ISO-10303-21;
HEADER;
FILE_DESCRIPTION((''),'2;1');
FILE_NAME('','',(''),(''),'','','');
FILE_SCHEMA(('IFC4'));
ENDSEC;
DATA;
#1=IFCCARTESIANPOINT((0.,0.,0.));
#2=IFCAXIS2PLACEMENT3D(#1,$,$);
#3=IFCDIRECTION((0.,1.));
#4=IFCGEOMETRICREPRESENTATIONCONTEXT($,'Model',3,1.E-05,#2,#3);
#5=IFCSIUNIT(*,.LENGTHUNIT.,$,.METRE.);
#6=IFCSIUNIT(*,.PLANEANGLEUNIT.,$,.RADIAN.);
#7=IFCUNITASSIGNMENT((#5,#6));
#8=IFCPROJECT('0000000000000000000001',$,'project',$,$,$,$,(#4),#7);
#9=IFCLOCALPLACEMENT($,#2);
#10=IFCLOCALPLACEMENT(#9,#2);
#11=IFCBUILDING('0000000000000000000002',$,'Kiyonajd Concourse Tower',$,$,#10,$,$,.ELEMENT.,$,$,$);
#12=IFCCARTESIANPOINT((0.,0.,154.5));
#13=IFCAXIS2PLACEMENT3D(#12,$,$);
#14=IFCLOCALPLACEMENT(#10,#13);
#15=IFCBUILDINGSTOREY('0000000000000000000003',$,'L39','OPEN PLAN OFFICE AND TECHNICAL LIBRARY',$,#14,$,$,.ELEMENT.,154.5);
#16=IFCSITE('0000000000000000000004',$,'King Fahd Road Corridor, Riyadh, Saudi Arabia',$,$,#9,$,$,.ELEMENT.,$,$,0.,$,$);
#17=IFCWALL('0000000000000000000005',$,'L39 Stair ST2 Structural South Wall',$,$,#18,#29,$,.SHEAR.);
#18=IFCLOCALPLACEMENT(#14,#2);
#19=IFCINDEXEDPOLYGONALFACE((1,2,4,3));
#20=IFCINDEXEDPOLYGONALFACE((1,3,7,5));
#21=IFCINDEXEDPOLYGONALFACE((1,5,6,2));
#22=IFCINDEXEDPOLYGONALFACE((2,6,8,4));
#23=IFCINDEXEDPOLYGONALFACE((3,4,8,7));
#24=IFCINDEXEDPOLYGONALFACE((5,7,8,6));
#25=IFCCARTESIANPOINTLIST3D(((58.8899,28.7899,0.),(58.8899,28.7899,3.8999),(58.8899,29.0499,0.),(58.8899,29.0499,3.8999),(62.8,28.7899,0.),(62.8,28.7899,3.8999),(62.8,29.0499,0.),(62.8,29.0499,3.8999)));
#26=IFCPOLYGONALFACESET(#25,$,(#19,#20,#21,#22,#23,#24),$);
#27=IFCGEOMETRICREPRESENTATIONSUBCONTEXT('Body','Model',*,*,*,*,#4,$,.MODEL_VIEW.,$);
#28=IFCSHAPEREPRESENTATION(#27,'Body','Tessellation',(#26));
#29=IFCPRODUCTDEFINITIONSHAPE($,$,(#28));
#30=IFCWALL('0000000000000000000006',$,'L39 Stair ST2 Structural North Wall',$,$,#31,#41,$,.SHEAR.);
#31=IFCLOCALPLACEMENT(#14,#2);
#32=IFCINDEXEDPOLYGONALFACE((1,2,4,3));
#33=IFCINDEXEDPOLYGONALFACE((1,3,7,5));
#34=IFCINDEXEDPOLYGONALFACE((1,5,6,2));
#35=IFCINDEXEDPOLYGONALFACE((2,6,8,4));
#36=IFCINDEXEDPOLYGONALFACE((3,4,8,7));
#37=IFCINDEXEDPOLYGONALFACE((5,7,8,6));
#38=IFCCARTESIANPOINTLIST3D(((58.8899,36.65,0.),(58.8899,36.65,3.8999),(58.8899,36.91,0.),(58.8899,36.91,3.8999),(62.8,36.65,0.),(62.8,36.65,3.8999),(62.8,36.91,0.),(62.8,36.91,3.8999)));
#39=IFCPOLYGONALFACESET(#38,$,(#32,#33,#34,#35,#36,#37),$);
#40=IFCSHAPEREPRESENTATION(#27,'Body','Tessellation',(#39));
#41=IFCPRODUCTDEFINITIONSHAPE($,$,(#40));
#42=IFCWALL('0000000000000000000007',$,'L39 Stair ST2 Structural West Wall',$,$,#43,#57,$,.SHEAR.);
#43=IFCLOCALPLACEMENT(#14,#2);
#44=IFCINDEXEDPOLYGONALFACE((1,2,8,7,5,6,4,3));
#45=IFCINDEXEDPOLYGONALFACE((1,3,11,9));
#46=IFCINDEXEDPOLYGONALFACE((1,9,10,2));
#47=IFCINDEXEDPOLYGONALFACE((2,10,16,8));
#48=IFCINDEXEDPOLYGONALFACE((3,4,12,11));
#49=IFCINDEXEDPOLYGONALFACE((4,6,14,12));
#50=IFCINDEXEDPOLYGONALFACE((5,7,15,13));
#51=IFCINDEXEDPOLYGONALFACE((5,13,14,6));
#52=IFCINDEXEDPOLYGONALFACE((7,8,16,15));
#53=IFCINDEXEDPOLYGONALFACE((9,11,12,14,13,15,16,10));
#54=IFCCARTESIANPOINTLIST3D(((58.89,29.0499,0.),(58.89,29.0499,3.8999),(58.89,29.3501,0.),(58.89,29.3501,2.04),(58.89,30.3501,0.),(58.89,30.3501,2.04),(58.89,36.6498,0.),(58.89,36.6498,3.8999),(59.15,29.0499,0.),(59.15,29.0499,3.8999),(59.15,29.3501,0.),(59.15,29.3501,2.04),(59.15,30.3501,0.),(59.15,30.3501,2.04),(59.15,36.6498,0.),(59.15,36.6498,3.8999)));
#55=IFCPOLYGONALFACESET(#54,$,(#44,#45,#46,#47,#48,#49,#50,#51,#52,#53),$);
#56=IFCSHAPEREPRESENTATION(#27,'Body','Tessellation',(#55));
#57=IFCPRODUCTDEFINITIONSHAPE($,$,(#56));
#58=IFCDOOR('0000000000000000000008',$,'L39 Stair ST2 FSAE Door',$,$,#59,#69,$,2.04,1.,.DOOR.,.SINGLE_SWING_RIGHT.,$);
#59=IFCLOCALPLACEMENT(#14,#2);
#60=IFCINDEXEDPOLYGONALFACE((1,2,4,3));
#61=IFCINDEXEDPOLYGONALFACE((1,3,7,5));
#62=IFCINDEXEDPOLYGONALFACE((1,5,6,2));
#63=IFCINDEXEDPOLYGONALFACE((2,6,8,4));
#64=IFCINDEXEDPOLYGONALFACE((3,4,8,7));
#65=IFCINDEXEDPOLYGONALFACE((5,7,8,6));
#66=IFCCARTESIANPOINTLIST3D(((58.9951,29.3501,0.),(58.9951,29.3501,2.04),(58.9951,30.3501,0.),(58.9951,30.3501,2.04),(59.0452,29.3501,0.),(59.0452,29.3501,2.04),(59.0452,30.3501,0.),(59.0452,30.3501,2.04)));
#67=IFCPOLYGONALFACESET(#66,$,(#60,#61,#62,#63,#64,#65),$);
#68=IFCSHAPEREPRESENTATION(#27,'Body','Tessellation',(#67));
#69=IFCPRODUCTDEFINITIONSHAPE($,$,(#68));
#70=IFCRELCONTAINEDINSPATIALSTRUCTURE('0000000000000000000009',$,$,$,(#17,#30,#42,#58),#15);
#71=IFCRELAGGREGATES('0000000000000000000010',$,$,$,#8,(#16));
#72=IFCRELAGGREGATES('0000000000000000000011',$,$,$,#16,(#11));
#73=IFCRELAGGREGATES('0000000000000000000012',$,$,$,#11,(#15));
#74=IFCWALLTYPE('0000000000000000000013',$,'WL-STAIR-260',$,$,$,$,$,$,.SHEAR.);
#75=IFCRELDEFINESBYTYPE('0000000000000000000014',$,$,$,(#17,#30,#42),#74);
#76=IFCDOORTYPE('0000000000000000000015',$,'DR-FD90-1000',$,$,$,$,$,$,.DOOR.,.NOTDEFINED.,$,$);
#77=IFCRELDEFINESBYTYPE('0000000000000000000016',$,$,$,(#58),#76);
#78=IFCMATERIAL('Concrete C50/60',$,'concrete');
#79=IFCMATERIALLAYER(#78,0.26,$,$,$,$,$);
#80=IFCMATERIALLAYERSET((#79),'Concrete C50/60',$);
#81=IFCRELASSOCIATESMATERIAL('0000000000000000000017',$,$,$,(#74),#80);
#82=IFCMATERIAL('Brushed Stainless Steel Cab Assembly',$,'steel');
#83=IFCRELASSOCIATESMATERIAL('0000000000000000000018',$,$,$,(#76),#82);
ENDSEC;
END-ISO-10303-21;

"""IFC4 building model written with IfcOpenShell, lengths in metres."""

from ifc_helpers import new_model, si_unit, direction, frame, frame_2d, origin, place, context, subcontext, project, spatial, rectangle, extrude, material, layer, layer_set, type_object, element, fill, save


model = new_model("IFC4")

# Units and contexts
model_context = context("Model", 3, precision=1e-05, world=origin(), true_north=direction((0.0, 1.0)))
body_context = subcontext(model_context, "Body", "Model", "MODEL_VIEW")
ifc_project = project(units=[si_unit("LENGTHUNIT", "METRE"), si_unit("PLANEANGLEUNIT", "RADIAN")], contexts=[model_context])

# Site, building, storey
site_placement = place(None, origin())
site = spatial("IfcSite", under=ifc_project, at=site_placement, Name="King Fahd Road Corridor, Riyadh, Saudi Arabia", CompositionType="ELEMENT", RefElevation=0.0)
building_placement = place(site_placement, origin())
building = spatial("IfcBuilding", under=site, at=building_placement, Name="Kiyonajd Concourse Tower", CompositionType="ELEMENT")
storey_placement = place(building_placement, frame((0.0, 0.0, 154.5)))
storey = spatial("IfcBuildingStorey", under=building, at=storey_placement, Name="L39", Description="OPEN PLAN OFFICE AND TECHNICAL LIBRARY", CompositionType="ELEMENT", Elevation=154.5)

# Shared definitions
ifc_material_1 = material(Name="Concrete C50/60", Category="concrete")

# Shared definitions
ifc_material_2 = material(Name="Brushed Stainless Steel Cab Assembly", Category="steel")

# Walls
ifc_layer_1 = layer(ifc_material_1, 0.26)
ifc_layer_set_1 = layer_set([ifc_layer_1], Name="Concrete C50/60")
wall_type_1 = type_object("IfcWallType", Name="WL-STAIR-260", PredefinedType="SHEAR", material=ifc_layer_set_1)
for number, where, z_axis, x_axis, name in (
    (1, (58.8899, 28.9199, 0.0), (0.0, 0.0, 1.0), (1.0, 0.0, 0.0), "L39 Stair ST2 Structural South Wall"),
    (2, (58.8899, 36.78, 0.0), (0.0, 0.0, 1.0), (1.0, 0.0, 0.0), "L39 Stair ST2 Structural North Wall"),
):
    element("IfcWall", number, at=place(storey_placement, frame(where, z_axis=z_axis, x_axis=x_axis)), inside=storey, type_object=wall_type_1, Name=name, PredefinedType="SHEAR", context=body_context, shape_type="SweptSolid", body=[
        extrude(rectangle(XDim=3.9102, YDim=0.26, at=frame_2d((1.9551, 0.0))), origin(), (0.0, 0.0, 1.0), 3.8999),
    ])

# Wall, opening, door
wall_1_placement = place(storey_placement, frame((59.02, 29.05, 0.0), z_axis=(0.0, 0.0, 1.0), x_axis=(0.0, 1.0, 0.0)))
wall_1 = element("IfcWall", 3, at=wall_1_placement, inside=storey, type_object=wall_type_1, Name="L39 Stair ST2 Structural West Wall", PredefinedType="SHEAR", context=body_context, shape_type="SweptSolid", body=[
    extrude(rectangle(XDim=7.5999, YDim=0.26, at=frame_2d((3.7998, 0.0))), origin(), (0.0, 0.0, 1.0), 3.8999),
])
opening_1_placement = place(wall_1_placement, frame((0.3, 0.0, 0.0)))
opening_1 = element("IfcOpeningElement", 4, at=opening_1_placement, cuts=wall_1, PredefinedType="OPENING", context=body_context, shape_type="SweptSolid", body=[
    extrude(rectangle(XDim=1.0, YDim=2.04, at=frame_2d((0.5, 1.02))), frame((0.0, 0.1399, 0.0), z_axis=(0.0, -1.0, 0.0), x_axis=(1.0, 0.0, 0.0)), (0.0, 0.0, 1.0), 0.28),
])
door_type_1 = type_object("IfcDoorType", Name="DR-FD90-1000", OperationType="NOTDEFINED", PredefinedType="DOOR", material=ifc_material_2)
door_1_placement = place(opening_1_placement, origin())
door_1 = element("IfcDoor", 5, at=door_1_placement, inside=storey, type_object=door_type_1, Name="L39 Stair ST2 FSAE Door", OperationType="SINGLE_SWING_RIGHT", OverallHeight=2.04, OverallWidth=1.0, PredefinedType="DOOR", context=body_context, shape_type="SweptSolid", body=[
    extrude(rectangle(XDim=1.0, YDim=2.04, at=frame_2d((0.5, 1.02))), frame((0.0, 0.0249, 0.0), z_axis=(0.0, -1.0, 0.0), x_axis=(1.0, 0.0, 0.0)), (0.0, 0.0, 1.0), 0.05),
])
fill(opening_1, door_1)

save(model, "model.ifc")
